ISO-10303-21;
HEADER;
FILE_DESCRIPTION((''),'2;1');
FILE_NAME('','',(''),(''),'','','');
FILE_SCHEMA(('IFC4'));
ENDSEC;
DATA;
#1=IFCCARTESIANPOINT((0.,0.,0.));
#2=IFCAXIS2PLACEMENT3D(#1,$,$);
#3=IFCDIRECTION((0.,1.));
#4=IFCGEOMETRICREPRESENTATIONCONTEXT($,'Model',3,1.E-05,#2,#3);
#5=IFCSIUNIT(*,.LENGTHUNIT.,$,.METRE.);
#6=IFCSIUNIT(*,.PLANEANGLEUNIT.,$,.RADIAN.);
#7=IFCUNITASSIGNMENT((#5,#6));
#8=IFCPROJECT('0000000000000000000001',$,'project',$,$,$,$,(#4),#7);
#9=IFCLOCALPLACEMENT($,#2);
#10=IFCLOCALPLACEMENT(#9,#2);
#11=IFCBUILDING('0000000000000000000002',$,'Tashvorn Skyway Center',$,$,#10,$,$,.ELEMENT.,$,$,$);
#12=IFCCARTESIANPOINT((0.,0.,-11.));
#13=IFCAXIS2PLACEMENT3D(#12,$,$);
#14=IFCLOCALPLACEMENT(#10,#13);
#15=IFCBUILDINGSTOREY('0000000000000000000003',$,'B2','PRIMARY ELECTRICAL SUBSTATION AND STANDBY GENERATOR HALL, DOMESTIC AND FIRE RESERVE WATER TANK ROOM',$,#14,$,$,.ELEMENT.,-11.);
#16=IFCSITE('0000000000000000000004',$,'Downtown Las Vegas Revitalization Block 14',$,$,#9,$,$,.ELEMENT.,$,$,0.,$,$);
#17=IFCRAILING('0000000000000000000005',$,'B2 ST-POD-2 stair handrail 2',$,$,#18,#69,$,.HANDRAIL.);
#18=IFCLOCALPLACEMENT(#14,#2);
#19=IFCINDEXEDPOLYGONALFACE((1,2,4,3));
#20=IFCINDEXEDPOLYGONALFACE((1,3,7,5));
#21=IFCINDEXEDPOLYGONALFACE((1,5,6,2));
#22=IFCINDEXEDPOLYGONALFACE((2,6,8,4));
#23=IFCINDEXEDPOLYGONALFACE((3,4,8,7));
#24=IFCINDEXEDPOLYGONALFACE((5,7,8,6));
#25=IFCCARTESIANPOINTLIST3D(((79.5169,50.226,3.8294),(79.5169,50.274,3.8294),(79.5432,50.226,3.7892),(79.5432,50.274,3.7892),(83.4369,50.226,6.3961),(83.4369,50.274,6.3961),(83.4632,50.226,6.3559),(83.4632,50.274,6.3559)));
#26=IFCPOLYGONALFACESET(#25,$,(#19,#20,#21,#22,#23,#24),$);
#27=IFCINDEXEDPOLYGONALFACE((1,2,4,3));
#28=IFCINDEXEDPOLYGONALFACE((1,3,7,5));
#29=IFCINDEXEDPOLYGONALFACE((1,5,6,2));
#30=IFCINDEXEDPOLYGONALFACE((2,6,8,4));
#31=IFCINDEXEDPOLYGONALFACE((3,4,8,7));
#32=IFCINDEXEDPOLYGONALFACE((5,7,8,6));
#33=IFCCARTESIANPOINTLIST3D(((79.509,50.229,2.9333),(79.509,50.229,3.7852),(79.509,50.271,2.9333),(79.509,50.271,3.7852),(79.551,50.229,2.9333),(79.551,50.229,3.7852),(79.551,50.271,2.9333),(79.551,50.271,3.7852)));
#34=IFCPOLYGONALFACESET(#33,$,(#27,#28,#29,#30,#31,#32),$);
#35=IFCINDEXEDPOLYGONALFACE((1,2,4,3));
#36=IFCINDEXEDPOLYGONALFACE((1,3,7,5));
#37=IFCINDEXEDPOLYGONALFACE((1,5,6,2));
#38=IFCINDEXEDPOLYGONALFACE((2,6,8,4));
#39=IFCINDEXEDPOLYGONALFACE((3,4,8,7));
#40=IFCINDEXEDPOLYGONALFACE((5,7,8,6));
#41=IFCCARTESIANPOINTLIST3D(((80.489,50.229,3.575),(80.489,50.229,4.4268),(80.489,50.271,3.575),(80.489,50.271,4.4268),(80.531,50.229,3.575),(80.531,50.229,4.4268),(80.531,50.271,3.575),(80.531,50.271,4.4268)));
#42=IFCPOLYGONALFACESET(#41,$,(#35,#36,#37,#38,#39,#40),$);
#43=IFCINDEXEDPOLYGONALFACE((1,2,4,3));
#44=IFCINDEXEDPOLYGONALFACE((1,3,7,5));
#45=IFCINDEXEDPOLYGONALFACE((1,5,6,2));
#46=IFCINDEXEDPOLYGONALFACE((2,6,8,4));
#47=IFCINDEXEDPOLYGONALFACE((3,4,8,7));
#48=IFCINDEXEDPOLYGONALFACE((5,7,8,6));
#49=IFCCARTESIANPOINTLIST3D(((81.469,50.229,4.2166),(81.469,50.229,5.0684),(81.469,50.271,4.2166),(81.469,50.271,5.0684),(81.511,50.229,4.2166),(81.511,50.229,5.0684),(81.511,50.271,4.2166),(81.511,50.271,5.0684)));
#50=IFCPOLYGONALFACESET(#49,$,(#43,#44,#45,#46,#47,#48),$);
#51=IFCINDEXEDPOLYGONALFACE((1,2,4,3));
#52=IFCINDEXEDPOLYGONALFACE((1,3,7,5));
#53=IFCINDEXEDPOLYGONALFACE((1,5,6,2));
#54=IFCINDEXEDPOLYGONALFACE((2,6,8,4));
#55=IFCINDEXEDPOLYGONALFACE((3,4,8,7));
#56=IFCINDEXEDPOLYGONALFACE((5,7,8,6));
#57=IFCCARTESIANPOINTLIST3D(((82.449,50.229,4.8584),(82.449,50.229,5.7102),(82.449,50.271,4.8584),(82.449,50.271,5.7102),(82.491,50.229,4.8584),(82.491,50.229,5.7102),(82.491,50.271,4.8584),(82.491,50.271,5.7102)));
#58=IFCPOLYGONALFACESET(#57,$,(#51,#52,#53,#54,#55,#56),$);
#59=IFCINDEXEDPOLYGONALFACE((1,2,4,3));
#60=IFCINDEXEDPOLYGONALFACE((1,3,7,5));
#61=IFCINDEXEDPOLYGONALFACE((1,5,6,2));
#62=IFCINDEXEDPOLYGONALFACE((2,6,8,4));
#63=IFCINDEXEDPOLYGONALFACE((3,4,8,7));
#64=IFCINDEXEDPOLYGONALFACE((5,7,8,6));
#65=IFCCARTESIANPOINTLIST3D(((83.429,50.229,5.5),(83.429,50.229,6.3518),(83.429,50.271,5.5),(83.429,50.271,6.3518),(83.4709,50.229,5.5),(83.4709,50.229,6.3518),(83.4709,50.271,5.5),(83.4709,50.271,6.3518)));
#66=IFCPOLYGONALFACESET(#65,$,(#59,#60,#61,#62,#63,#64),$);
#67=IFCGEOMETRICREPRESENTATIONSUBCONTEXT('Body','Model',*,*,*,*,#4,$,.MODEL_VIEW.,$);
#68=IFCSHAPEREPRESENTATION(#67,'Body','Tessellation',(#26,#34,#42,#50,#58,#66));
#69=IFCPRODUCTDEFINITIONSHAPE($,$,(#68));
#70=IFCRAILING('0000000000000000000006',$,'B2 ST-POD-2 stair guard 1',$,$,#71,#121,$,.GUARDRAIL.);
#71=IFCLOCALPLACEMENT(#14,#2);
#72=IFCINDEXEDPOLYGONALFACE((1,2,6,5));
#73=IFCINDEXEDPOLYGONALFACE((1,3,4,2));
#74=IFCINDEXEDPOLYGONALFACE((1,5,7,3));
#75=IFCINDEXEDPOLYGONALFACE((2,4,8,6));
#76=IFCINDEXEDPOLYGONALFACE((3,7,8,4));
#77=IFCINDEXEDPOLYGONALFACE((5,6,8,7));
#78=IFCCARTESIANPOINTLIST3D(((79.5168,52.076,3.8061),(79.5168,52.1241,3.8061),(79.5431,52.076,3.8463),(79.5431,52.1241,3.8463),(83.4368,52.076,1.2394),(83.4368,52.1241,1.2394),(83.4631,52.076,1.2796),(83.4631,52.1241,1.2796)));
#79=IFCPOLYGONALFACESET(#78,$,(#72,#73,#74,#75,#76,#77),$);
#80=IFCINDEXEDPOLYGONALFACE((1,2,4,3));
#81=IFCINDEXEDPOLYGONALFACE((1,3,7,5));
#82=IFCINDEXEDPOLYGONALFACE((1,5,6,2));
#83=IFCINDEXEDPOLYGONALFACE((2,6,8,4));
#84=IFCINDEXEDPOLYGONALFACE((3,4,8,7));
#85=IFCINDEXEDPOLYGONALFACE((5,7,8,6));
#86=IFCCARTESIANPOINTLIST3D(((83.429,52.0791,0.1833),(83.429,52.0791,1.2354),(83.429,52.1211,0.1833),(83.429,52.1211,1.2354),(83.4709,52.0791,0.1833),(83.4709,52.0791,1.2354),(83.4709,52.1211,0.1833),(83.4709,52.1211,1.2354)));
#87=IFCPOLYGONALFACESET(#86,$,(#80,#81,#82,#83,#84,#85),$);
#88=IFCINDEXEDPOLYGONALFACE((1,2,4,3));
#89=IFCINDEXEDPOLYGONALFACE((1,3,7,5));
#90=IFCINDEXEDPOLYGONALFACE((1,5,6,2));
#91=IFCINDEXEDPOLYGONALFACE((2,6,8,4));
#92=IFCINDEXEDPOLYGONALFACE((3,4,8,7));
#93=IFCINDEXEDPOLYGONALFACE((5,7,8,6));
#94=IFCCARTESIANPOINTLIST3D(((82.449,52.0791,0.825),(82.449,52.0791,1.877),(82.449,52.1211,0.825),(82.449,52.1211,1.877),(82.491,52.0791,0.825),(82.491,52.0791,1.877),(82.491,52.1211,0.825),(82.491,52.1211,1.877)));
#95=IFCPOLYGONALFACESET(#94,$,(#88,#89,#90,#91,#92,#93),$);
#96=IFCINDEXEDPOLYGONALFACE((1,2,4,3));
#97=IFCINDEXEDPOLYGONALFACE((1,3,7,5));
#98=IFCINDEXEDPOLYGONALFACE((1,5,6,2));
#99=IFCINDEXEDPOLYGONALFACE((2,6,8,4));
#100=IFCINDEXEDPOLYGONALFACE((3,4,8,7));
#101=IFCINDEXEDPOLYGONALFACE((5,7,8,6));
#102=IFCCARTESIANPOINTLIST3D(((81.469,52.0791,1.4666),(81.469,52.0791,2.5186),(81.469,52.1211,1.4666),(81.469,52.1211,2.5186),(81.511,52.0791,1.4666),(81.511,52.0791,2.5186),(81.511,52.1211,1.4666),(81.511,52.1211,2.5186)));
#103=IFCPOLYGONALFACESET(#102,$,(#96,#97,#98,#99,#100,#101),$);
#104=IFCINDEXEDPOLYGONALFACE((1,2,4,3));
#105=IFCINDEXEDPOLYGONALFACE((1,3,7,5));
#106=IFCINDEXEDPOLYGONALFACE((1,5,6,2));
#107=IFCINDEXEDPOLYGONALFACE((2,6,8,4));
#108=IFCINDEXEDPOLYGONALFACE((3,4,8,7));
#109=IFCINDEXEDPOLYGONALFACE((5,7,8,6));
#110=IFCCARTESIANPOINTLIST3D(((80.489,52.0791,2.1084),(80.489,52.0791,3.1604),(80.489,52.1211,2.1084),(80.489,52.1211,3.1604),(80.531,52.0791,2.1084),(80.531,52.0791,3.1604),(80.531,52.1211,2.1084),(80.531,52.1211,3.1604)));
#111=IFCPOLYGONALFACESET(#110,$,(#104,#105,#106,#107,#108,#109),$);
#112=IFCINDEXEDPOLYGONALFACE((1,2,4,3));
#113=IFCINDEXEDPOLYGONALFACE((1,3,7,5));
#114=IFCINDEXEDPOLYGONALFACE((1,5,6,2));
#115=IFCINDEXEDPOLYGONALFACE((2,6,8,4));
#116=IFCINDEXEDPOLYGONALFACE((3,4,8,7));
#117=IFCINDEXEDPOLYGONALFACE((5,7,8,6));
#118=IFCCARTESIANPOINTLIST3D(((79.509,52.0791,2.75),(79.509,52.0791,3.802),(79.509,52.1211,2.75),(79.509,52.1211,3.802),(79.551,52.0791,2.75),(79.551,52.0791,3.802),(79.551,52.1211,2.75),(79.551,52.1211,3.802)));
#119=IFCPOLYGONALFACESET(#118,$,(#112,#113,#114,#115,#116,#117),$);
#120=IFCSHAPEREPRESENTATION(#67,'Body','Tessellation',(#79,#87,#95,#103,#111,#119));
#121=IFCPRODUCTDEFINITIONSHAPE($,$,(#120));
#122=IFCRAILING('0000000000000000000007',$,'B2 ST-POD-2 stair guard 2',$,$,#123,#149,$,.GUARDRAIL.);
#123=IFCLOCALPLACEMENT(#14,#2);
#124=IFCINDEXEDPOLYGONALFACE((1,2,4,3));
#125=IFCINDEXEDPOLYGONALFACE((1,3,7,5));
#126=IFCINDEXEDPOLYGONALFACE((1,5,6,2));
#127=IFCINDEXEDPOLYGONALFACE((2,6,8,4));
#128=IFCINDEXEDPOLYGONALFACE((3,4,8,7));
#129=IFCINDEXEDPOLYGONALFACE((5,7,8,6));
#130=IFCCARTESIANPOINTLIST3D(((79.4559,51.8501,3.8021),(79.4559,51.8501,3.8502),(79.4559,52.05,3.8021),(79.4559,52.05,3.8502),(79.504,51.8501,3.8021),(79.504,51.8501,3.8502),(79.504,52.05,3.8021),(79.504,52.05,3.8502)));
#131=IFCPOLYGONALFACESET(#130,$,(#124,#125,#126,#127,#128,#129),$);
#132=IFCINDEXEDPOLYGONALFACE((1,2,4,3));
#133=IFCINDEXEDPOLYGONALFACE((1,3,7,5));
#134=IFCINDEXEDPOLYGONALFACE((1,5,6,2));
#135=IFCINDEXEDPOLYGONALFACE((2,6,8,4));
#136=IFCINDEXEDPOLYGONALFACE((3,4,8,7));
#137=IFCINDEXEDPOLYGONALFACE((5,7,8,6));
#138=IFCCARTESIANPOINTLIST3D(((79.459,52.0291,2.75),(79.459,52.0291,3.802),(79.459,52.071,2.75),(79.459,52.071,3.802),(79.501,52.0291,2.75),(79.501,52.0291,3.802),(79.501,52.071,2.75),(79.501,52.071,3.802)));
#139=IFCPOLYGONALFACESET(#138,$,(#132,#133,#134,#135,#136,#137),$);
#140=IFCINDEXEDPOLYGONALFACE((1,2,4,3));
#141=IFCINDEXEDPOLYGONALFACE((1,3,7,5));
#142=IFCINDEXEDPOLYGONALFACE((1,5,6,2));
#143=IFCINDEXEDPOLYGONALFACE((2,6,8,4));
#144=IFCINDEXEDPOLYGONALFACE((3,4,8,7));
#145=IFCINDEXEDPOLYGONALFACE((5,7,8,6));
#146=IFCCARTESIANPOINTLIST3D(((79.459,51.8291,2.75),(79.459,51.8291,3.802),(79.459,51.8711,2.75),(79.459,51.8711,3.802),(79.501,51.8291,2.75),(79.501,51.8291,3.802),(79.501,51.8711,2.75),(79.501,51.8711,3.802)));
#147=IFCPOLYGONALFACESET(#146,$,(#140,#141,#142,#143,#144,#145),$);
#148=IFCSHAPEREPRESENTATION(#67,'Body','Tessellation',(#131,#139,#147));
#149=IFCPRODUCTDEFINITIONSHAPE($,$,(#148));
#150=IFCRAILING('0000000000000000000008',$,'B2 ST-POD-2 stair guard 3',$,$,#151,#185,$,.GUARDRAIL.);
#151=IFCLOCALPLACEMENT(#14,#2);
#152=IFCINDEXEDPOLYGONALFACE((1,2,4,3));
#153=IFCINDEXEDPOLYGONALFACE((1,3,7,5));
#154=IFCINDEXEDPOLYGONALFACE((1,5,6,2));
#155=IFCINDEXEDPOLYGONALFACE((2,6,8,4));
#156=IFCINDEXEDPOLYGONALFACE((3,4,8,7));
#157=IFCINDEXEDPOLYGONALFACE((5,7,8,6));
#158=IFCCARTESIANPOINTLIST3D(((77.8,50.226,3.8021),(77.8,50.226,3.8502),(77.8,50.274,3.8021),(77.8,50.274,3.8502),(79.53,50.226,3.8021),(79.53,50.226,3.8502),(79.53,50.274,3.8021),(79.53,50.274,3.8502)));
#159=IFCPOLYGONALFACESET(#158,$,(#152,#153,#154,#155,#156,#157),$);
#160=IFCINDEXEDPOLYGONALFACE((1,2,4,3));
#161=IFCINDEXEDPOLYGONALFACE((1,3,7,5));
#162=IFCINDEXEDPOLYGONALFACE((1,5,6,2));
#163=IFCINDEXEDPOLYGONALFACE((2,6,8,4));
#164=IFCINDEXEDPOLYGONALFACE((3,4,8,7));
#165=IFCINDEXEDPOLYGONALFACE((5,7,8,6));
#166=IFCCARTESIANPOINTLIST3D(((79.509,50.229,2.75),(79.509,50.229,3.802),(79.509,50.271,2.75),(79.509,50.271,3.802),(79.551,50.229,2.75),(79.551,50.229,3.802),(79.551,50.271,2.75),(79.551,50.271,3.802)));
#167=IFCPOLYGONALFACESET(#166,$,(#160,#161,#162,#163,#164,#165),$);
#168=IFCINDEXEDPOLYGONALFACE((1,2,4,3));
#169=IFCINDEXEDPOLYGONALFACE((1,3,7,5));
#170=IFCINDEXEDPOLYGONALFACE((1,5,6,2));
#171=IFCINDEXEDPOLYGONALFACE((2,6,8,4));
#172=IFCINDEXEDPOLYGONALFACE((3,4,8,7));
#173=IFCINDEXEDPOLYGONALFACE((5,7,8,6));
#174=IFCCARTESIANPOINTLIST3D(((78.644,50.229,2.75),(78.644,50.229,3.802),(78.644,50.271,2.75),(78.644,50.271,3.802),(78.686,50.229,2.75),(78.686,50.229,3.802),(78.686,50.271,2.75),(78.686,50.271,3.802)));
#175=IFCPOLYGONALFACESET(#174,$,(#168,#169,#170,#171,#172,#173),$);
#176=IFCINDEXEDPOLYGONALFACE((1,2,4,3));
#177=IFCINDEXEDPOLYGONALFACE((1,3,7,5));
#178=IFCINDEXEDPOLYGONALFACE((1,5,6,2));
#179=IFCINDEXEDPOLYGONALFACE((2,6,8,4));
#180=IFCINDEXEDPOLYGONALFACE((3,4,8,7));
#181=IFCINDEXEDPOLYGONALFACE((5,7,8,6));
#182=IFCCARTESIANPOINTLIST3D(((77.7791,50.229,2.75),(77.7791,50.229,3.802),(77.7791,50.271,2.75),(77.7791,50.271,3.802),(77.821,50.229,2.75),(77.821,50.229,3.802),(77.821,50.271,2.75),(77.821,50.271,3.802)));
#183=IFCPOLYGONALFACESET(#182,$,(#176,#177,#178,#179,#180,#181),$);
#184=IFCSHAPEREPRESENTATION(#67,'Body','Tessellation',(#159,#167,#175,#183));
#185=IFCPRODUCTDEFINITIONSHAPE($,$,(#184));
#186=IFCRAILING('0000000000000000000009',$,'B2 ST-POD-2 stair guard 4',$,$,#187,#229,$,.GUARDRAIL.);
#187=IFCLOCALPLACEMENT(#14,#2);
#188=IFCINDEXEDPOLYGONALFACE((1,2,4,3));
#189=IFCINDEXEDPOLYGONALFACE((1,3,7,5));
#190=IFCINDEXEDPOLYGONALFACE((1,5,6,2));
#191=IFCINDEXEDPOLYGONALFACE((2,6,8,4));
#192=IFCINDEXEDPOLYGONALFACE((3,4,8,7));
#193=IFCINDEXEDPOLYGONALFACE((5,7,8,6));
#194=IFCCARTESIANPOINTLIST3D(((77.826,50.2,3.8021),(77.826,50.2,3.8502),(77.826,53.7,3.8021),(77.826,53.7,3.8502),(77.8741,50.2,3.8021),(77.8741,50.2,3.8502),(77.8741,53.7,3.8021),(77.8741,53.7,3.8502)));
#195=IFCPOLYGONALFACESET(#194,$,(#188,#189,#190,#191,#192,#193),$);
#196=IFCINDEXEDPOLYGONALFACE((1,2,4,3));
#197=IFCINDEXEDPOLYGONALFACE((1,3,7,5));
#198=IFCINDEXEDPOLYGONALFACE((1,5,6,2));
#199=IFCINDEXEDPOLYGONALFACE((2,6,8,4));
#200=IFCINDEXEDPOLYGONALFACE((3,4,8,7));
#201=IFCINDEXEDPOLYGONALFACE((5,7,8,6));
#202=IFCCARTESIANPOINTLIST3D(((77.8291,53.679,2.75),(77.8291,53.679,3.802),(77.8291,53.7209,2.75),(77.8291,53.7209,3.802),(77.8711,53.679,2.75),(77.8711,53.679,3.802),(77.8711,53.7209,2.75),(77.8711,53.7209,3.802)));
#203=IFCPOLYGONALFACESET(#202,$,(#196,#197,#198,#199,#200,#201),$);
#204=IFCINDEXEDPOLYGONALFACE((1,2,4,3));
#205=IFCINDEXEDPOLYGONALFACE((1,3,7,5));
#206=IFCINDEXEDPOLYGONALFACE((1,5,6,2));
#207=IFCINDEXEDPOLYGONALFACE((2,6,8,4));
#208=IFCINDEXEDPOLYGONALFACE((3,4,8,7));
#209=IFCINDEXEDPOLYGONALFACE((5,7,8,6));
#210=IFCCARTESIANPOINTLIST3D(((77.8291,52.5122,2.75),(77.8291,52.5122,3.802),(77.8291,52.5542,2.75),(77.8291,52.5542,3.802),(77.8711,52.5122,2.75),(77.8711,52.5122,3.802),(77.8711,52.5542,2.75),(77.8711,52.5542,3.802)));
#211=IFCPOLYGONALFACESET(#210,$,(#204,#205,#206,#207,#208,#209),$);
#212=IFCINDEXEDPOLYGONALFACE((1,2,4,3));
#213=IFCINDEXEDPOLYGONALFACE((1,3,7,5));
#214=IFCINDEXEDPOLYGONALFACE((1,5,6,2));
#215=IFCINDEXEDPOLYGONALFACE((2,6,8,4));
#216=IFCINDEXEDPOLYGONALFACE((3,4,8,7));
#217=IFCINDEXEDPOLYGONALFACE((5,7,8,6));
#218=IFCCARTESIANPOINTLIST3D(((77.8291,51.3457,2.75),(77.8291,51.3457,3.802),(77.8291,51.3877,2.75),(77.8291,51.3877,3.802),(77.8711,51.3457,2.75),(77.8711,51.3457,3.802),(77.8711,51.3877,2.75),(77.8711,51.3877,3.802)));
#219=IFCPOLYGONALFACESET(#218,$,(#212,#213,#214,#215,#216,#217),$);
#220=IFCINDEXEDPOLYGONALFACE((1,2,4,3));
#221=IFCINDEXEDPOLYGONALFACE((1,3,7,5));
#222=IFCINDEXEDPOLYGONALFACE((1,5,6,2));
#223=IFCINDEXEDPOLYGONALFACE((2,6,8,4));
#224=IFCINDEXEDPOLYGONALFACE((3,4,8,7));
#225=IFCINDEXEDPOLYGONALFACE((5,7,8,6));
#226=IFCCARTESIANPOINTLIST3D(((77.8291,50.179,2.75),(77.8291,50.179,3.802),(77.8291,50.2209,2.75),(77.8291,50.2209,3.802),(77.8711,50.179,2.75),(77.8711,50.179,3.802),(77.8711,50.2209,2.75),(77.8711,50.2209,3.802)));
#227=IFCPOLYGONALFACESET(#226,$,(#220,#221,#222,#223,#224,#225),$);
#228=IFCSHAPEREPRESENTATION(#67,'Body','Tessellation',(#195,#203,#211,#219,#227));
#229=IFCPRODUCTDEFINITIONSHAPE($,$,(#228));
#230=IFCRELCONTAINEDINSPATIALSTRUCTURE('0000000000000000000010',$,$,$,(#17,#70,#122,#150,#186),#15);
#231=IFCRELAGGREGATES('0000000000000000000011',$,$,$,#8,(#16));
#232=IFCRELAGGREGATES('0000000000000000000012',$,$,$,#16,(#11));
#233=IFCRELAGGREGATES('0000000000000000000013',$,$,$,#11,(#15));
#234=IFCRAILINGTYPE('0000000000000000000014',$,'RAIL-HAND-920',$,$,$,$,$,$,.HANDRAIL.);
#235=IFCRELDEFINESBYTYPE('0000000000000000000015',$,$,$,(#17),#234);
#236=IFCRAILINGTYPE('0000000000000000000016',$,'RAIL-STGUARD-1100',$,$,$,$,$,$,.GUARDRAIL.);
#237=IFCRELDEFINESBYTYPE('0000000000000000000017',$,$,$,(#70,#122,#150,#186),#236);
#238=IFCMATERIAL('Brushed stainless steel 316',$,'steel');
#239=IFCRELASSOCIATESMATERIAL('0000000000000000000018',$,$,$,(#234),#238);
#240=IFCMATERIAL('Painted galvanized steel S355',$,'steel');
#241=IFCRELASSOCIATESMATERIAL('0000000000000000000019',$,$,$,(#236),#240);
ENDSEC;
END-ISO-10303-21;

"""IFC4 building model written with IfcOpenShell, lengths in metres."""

from ifc_helpers import new_model, si_unit, direction, frame, origin, origin_2d, place, context, subcontext, project, spatial, rectangle, extrude, material, type_object, element, save


model = new_model("IFC4")

# Units and contexts
model_context = context("Model", 3, precision=1e-05, world=origin(), true_north=direction((0.0, 1.0)))
body_context = subcontext(model_context, "Body", "Model", "MODEL_VIEW")
ifc_project = project(units=[si_unit("LENGTHUNIT", "METRE"), si_unit("PLANEANGLEUNIT", "RADIAN")], contexts=[model_context])

# Site, building, storey
site_placement = place(None, origin())
site = spatial("IfcSite", under=ifc_project, at=site_placement, Name="Downtown Las Vegas Revitalization Block 14", CompositionType="ELEMENT", RefElevation=0.0)
building_placement = place(site_placement, origin())
building = spatial("IfcBuilding", under=site, at=building_placement, Name="Tashvorn Skyway Center", CompositionType="ELEMENT")
storey_placement = place(building_placement, frame((0.0, 0.0, -11.0)))
storey = spatial("IfcBuildingStorey", under=building, at=storey_placement, Name="B2", Description="PRIMARY ELECTRICAL SUBSTATION AND STANDBY GENERATOR HALL, DOMESTIC AND FIRE RESERVE WATER TANK ROOM", CompositionType="ELEMENT", Elevation=-11.0)

# Railings
ifc_material_1 = material(Name="Brushed stainless steel 316", Category="steel")
railing_type_1 = type_object("IfcRailingType", Name="RAIL-HAND-920", PredefinedType="HANDRAIL", material=ifc_material_1)
railing_1_placement = place(storey_placement, frame((79.53, 50.25, 2.9333)))
element("IfcRailing", 1, at=railing_1_placement, inside=storey, type_object=railing_type_1, Name="B2 ST-POD-2 stair handrail 2", PredefinedType="HANDRAIL", context=body_context, shape_type="SweptSolid", body=[
    extrude(rectangle(XDim=0.0481, YDim=0.0481, at=origin_2d()), frame((0.0, 0.0, 0.876), z_axis=(0.836615, 0.0, 0.547791), x_axis=(0.0, 1.0, 0.0)), (0.0, 0.0, 1.0), 4.6855),
    extrude(rectangle(XDim=0.042, YDim=0.042, at=origin_2d()), origin(), (0.0, 0.0, 1.0), 0.8518),
    extrude(rectangle(XDim=0.042, YDim=0.042, at=origin_2d()), frame((0.98, 0.0, 0.6416)), (0.0, 0.0, 1.0), 0.8518),
    extrude(rectangle(XDim=0.042, YDim=0.042, at=origin_2d()), frame((1.96, 0.0, 1.2832)), (0.0, 0.0, 1.0), 0.8518),
    extrude(rectangle(XDim=0.042, YDim=0.042, at=origin_2d()), frame((2.9399, 0.0, 1.925)), (0.0, 0.0, 1.0), 0.8518),
    extrude(rectangle(XDim=0.042, YDim=0.042, at=origin_2d()), frame((3.9199, 0.0, 2.5667)), (0.0, 0.0, 1.0), 0.8518),
])
ifc_material_2 = material(Name="Painted galvanized steel S355", Category="steel")
railing_type_2 = type_object("IfcRailingType", Name="RAIL-STGUARD-1100", PredefinedType="GUARDRAIL", material=ifc_material_2)
railing_2_placement = place(storey_placement, frame((83.45, 52.1001, 0.1833)))
element("IfcRailing", 2, at=railing_2_placement, inside=storey, type_object=railing_type_2, Name="B2 ST-POD-2 stair guard 1", PredefinedType="GUARDRAIL", context=body_context, shape_type="SweptSolid", body=[
    extrude(rectangle(XDim=0.0481, YDim=0.0481, at=origin_2d()), frame((0.0, 0.0, 1.0762), z_axis=(-0.836615, 0.0, 0.547791), x_axis=(0.0, -1.0, 0.0)), (0.0, 0.0, 1.0), 4.6855),
    extrude(rectangle(XDim=0.042, YDim=0.042, at=origin_2d()), origin(), (0.0, 0.0, 1.0), 1.052),
    extrude(rectangle(XDim=0.042, YDim=0.042, at=origin_2d()), frame((-0.98, 0.0, 0.6416)), (0.0, 0.0, 1.0), 1.052),
    extrude(rectangle(XDim=0.042, YDim=0.042, at=origin_2d()), frame((-1.96, 0.0, 1.2832)), (0.0, 0.0, 1.0), 1.052),
    extrude(rectangle(XDim=0.042, YDim=0.042, at=origin_2d()), frame((-2.9399, 0.0, 1.925)), (0.0, 0.0, 1.0), 1.052),
    extrude(rectangle(XDim=0.042, YDim=0.042, at=origin_2d()), frame((-3.9199, 0.0, 2.5667)), (0.0, 0.0, 1.0), 1.052),
])
railing_3_placement = place(storey_placement, frame((79.48, 52.05, 2.75)))
element("IfcRailing", 3, at=railing_3_placement, inside=storey, type_object=railing_type_2, Name="B2 ST-POD-2 stair guard 2", PredefinedType="GUARDRAIL", context=body_context, shape_type="SweptSolid", body=[
    extrude(rectangle(XDim=0.0481, YDim=0.0481, at=origin_2d()), frame((0.0, 0.0, 1.0762), z_axis=(0.0, -1.0, 0.0), x_axis=(1.0, 0.0, 0.0)), (0.0, 0.0, 1.0), 0.2),
    extrude(rectangle(XDim=0.042, YDim=0.042, at=origin_2d()), origin(), (0.0, 0.0, 1.0), 1.052),
    extrude(rectangle(XDim=0.042, YDim=0.042, at=origin_2d()), frame((0.0, -0.2, 0.0)), (0.0, 0.0, 1.0), 1.052),
])
railing_4_placement = place(storey_placement, frame((79.53, 50.25, 2.75)))
element("IfcRailing", 4, at=railing_4_placement, inside=storey, type_object=railing_type_2, Name="B2 ST-POD-2 stair guard 3", PredefinedType="GUARDRAIL", context=body_context, shape_type="SweptSolid", body=[
    extrude(rectangle(XDim=0.0481, YDim=0.0481, at=origin_2d()), frame((0.0, 0.0, 1.0762), z_axis=(-1.0, 0.0, 0.0), x_axis=(0.0, -1.0, 0.0)), (0.0, 0.0, 1.0), 1.73),
    extrude(rectangle(XDim=0.042, YDim=0.042, at=origin_2d()), origin(), (0.0, 0.0, 1.0), 1.052),
    extrude(rectangle(XDim=0.042, YDim=0.042, at=origin_2d()), frame((-0.865, 0.0, 0.0)), (0.0, 0.0, 1.0), 1.052),
    extrude(rectangle(XDim=0.042, YDim=0.042, at=origin_2d()), frame((-1.73, 0.0, 0.0)), (0.0, 0.0, 1.0), 1.052),
])
railing_5_placement = place(storey_placement, frame((77.8501, 53.7, 2.75)))
element("IfcRailing", 5, at=railing_5_placement, inside=storey, type_object=railing_type_2, Name="B2 ST-POD-2 stair guard 4", PredefinedType="GUARDRAIL", context=body_context, shape_type="SweptSolid", body=[
    extrude(rectangle(XDim=0.0481, YDim=0.0481, at=origin_2d()), frame((0.0, 0.0, 1.0762), z_axis=(0.0, -1.0, 0.0), x_axis=(1.0, 0.0, 0.0)), (0.0, 0.0, 1.0), 3.5),
    extrude(rectangle(XDim=0.042, YDim=0.042, at=origin_2d()), origin(), (0.0, 0.0, 1.0), 1.052),
    extrude(rectangle(XDim=0.042, YDim=0.042, at=origin_2d()), frame((0.0, -1.1667, 0.0)), (0.0, 0.0, 1.0), 1.052),
    extrude(rectangle(XDim=0.042, YDim=0.042, at=origin_2d()), frame((0.0, -2.3333, 0.0)), (0.0, 0.0, 1.0), 1.052),
    extrude(rectangle(XDim=0.042, YDim=0.042, at=origin_2d()), frame((0.0, -3.5, 0.0)), (0.0, 0.0, 1.0), 1.052),
])

save(model, "model.ifc")
